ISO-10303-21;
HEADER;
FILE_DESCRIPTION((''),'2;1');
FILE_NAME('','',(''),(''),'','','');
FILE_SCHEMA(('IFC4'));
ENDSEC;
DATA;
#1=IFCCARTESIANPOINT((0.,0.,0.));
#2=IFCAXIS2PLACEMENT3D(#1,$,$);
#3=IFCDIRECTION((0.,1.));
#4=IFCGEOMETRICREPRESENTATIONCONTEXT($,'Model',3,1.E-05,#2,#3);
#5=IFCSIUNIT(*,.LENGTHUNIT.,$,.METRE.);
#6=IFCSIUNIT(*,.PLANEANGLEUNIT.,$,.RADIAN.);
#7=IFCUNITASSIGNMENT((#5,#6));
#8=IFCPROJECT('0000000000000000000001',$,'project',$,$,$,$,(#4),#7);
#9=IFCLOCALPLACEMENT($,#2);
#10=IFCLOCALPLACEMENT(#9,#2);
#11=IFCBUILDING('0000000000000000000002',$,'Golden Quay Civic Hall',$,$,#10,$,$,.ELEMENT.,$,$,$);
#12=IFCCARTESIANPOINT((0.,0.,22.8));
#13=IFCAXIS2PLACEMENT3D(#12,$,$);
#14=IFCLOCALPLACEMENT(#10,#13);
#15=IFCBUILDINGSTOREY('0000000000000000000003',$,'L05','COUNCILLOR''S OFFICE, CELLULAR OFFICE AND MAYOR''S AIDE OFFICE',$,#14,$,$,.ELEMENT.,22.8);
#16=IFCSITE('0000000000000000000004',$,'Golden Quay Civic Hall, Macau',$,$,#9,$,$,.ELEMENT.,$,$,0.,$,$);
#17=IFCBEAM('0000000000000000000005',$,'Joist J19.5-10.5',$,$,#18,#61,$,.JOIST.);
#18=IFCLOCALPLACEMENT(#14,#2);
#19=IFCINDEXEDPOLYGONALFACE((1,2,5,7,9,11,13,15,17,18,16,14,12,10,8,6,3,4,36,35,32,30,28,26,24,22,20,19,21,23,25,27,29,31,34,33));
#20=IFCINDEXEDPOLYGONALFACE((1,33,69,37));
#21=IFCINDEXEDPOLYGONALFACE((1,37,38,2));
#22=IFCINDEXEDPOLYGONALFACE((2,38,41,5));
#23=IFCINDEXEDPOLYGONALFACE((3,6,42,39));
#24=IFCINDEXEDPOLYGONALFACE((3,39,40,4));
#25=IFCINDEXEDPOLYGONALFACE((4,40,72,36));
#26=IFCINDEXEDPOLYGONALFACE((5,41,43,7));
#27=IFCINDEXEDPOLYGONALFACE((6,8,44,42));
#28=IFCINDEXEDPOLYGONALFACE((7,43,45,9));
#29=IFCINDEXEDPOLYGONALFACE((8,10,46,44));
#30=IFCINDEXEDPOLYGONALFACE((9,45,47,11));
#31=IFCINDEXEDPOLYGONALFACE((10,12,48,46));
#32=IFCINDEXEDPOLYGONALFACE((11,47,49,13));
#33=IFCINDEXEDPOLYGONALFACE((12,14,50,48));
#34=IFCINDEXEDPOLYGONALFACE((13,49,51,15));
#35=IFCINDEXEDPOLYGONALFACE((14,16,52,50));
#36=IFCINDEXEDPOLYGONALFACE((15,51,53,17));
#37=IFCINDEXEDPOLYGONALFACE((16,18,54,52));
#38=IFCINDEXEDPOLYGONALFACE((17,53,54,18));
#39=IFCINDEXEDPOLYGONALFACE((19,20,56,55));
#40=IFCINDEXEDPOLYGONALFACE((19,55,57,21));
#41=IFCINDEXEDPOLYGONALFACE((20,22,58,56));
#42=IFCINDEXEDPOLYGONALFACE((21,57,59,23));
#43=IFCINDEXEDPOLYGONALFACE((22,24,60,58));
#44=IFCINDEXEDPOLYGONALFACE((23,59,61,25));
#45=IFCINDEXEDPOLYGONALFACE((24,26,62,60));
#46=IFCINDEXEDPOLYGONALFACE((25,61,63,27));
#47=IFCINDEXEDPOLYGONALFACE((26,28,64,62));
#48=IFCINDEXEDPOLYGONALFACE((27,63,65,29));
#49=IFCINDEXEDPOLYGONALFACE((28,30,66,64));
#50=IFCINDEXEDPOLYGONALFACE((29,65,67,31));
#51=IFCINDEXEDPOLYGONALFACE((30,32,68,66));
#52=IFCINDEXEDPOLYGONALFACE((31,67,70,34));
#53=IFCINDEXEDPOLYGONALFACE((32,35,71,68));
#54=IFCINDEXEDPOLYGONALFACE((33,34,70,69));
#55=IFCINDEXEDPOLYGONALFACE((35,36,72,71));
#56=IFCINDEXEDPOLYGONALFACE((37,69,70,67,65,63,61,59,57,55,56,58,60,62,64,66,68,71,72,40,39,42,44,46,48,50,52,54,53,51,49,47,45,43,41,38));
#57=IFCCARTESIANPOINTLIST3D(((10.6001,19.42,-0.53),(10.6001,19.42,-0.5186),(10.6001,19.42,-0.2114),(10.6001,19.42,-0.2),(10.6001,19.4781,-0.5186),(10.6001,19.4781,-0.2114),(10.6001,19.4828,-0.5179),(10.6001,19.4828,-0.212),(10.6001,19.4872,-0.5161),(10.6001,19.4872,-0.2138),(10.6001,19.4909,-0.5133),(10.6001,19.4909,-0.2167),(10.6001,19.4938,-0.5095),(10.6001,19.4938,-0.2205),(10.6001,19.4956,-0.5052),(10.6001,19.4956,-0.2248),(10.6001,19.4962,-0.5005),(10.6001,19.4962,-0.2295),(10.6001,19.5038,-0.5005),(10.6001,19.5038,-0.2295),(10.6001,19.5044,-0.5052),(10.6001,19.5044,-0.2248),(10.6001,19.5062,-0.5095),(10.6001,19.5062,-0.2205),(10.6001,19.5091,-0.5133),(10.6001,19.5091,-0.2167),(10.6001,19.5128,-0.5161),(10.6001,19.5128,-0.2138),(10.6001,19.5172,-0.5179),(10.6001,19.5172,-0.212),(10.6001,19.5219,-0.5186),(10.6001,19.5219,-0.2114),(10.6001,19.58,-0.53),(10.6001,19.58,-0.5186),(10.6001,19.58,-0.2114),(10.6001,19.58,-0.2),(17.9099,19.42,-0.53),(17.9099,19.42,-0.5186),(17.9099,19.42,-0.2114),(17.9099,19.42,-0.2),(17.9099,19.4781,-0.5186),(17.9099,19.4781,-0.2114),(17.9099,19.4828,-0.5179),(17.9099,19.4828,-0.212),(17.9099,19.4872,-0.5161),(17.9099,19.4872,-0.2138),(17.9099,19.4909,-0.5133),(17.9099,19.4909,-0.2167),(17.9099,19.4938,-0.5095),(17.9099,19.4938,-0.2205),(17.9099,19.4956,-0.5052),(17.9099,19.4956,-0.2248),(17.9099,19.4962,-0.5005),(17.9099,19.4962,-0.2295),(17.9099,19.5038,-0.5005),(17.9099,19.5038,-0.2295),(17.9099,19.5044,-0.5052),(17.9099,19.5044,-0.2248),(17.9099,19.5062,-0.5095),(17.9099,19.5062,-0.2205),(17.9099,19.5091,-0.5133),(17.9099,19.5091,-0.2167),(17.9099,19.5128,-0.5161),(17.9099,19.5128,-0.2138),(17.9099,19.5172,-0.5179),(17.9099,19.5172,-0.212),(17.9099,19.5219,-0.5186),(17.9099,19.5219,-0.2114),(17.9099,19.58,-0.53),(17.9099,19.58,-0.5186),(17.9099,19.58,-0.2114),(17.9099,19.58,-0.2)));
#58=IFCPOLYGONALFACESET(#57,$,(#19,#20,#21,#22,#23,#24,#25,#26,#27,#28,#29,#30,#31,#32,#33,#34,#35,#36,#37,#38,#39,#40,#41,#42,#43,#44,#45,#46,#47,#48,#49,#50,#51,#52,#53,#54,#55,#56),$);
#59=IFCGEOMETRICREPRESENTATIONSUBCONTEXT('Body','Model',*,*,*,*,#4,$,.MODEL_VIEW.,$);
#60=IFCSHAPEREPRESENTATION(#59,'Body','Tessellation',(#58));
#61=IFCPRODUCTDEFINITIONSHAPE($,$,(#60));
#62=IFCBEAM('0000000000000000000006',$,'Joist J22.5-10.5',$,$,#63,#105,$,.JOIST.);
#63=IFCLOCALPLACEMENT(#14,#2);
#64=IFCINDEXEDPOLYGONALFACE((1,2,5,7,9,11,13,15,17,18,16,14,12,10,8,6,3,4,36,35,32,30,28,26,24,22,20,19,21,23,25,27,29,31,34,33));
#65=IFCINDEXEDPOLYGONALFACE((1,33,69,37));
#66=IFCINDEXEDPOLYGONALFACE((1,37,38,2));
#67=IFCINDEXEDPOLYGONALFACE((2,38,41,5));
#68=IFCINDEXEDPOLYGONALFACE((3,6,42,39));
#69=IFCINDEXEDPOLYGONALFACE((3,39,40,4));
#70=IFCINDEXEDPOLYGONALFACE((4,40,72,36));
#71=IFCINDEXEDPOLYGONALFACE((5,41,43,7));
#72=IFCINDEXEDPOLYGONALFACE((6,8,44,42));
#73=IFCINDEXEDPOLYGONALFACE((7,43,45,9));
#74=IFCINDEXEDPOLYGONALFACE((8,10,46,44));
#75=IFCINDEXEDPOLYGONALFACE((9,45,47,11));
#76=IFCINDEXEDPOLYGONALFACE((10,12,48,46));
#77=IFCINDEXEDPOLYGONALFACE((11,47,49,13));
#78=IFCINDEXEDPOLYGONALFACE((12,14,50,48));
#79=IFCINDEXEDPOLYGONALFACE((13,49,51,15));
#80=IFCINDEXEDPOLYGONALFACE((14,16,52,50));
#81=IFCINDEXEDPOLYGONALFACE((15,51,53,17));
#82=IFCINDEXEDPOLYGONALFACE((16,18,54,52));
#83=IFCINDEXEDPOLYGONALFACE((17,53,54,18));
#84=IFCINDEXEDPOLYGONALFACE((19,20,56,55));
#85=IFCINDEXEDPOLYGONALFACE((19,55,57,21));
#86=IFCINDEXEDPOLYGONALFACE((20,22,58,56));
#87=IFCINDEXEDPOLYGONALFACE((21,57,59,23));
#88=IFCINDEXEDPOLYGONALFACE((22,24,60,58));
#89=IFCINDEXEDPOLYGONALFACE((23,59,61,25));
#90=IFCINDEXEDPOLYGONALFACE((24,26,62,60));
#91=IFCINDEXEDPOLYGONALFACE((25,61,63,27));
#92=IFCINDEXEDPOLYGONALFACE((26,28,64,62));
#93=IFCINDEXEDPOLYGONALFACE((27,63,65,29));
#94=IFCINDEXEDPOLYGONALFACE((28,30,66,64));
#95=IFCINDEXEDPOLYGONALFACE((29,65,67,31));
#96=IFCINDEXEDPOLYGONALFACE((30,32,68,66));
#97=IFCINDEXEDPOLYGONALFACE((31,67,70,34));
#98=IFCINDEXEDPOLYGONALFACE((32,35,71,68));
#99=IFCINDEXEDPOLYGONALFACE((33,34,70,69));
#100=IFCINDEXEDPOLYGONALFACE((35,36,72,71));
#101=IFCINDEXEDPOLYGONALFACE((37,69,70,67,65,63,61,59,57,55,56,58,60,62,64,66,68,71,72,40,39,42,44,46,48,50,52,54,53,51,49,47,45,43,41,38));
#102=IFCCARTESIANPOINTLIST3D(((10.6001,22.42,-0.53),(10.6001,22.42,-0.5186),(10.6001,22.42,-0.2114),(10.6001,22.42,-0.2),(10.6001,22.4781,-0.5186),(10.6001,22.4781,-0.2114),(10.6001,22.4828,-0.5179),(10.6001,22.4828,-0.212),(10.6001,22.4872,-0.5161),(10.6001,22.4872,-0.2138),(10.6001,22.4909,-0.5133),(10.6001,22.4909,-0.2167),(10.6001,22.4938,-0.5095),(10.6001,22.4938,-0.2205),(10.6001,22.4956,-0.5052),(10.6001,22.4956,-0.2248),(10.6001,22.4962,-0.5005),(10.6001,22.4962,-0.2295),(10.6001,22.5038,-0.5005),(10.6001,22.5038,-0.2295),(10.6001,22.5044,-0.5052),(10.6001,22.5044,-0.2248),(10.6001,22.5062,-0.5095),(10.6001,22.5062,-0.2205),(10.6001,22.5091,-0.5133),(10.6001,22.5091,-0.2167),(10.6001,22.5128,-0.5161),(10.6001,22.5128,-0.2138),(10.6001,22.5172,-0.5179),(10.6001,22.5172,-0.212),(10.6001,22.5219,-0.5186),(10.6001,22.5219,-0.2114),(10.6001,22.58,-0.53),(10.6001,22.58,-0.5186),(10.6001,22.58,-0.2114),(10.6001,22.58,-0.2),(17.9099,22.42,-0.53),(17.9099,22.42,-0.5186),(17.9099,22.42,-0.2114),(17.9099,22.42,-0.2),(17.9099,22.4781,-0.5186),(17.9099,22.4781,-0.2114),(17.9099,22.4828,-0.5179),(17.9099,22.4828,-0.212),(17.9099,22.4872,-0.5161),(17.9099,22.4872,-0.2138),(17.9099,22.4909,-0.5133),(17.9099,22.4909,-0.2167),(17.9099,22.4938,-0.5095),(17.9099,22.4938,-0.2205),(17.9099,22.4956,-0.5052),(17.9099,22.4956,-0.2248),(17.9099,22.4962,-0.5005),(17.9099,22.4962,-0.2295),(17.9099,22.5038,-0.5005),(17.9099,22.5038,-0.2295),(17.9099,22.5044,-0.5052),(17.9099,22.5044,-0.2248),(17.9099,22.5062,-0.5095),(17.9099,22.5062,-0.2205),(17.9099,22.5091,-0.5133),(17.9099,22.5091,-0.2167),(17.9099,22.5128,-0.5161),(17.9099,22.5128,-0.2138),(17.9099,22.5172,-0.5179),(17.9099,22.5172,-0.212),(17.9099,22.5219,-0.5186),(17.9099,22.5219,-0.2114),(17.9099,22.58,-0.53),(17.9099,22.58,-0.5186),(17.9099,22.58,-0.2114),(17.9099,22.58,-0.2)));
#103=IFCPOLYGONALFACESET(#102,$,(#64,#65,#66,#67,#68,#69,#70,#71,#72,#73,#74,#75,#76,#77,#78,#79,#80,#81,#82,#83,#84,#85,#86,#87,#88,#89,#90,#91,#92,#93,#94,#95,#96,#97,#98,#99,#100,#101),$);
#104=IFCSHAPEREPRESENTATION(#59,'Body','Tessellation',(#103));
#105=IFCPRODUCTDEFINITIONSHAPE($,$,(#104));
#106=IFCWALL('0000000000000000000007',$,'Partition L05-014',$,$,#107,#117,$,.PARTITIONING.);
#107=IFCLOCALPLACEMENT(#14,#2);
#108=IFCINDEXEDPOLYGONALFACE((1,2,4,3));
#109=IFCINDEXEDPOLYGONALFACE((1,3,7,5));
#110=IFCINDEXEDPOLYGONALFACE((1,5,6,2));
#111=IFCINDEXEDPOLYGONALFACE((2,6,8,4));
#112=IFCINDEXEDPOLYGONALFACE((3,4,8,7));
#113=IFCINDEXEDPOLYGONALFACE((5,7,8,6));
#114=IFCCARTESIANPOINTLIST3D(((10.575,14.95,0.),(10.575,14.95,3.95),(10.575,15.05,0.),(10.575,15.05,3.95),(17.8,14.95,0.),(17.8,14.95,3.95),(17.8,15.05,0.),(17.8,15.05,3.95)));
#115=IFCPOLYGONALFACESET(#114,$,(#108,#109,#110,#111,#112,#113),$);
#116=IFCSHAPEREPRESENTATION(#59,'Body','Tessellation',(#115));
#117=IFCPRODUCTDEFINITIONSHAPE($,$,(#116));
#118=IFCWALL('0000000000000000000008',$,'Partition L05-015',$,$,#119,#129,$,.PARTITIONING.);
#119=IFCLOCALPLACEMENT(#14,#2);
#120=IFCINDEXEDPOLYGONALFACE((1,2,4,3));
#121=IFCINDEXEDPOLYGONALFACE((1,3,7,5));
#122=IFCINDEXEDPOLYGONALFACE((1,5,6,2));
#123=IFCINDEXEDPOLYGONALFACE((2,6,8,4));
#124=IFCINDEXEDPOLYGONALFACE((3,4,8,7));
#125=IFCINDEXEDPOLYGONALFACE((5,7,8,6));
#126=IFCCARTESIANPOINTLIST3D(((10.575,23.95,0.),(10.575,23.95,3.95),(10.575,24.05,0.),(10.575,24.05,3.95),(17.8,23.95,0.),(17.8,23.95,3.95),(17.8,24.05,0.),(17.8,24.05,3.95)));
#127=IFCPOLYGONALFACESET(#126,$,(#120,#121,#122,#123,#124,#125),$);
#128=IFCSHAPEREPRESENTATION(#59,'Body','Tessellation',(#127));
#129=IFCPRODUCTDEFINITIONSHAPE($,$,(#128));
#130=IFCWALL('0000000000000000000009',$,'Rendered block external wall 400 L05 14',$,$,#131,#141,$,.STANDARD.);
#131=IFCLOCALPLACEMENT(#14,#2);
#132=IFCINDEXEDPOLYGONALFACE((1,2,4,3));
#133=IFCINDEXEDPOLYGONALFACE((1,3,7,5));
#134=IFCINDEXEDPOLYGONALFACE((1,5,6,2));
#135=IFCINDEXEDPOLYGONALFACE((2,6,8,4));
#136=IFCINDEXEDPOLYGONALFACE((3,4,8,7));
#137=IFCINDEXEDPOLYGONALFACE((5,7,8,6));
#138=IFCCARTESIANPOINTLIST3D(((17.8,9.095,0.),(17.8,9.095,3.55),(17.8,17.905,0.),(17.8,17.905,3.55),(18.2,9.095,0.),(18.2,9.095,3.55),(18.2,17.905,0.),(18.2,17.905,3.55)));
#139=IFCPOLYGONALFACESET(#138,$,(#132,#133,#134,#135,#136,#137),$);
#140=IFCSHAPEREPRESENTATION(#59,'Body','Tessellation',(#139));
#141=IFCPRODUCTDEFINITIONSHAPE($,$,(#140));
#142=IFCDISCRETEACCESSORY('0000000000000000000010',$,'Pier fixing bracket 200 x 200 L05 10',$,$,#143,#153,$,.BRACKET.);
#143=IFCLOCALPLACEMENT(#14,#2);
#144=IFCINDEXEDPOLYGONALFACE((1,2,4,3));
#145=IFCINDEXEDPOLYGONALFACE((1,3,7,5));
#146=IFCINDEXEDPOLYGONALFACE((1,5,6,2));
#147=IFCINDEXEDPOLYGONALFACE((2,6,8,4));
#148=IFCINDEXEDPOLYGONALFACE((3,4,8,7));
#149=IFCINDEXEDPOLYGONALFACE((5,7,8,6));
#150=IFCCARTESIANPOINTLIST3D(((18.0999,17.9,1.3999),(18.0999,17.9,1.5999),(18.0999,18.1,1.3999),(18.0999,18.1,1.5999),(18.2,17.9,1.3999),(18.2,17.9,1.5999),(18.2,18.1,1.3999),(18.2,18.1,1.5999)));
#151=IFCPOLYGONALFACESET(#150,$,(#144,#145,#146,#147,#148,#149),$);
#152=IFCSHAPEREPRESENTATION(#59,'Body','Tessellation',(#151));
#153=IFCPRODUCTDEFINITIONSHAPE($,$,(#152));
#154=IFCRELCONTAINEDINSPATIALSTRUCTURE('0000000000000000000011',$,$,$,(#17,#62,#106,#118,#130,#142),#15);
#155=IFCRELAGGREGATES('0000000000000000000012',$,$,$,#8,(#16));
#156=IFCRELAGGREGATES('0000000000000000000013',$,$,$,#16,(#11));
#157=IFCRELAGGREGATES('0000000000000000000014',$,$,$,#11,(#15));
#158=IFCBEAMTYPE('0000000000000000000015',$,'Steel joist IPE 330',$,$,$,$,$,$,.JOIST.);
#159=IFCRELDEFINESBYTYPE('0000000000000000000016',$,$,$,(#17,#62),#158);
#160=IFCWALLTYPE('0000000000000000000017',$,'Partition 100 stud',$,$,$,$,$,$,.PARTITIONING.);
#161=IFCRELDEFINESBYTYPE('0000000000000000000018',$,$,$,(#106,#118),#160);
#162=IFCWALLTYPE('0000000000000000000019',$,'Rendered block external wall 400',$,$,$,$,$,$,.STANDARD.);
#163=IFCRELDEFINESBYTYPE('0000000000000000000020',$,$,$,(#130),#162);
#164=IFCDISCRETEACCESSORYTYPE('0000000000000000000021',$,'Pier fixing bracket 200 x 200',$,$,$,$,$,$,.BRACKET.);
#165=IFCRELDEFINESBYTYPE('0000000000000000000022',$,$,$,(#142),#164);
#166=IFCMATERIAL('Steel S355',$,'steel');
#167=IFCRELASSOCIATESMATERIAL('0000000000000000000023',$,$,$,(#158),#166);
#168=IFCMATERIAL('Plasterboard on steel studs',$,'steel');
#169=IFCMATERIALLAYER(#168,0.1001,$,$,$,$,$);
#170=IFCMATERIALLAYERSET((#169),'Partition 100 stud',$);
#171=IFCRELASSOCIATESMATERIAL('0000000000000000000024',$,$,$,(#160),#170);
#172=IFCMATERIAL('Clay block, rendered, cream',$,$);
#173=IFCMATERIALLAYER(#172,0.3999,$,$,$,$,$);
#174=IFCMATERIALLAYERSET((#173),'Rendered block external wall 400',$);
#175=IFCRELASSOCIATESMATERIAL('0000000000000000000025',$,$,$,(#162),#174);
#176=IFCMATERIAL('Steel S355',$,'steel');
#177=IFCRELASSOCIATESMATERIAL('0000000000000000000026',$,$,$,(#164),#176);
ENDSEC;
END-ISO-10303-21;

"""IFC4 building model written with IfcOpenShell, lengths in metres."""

from ifc_helpers import new_model, si_unit, direction, frame, frame_2d, origin, origin_2d, place, context, subcontext, project, spatial, rectangle, i_section, extrude, material, layer, layer_set, material_profile, profile_set, type_object, element, save


model = new_model("IFC4")

# Units and contexts
model_context = context("Model", 3, precision=1e-05, world=origin(), true_north=direction((0.0, 1.0)))
body_context = subcontext(model_context, "Body", "Model", "MODEL_VIEW")
ifc_project = project(units=[si_unit("LENGTHUNIT", "METRE"), si_unit("PLANEANGLEUNIT", "RADIAN")], contexts=[model_context])

# Site, building, storey
site_placement = place(None, origin())
site = spatial("IfcSite", under=ifc_project, at=site_placement, Name="Golden Quay Civic Hall, Macau", CompositionType="ELEMENT", RefElevation=0.0)
building_placement = place(site_placement, origin())
building = spatial("IfcBuilding", under=site, at=building_placement, Name="Golden Quay Civic Hall", CompositionType="ELEMENT")
storey_placement = place(building_placement, frame((0.0, 0.0, 22.8)))
storey = spatial("IfcBuildingStorey", under=building, at=storey_placement, Name="L05", Description="COUNCILLOR'S OFFICE, CELLULAR OFFICE AND MAYOR'S AIDE OFFICE", CompositionType="ELEMENT", Elevation=22.8)

# Beams
ifc_material_1 = material(Name="Steel S355", Category="steel")
ifc_material_profile_1 = material_profile(ifc_material_1, i_section(OverallWidth=0.1599, OverallDepth=0.3301, WebThickness=0.0076, FlangeThickness=0.0115, FilletRadius=0.0181, at=origin_2d()), Name="IPE 330")
ifc_profile_set_1 = profile_set([ifc_material_profile_1], Name="Steel S355")
beam_type_1 = type_object("IfcBeamType", Name="Steel joist IPE 330", PredefinedType="JOIST", material=ifc_profile_set_1)
for number, where, z_axis, x_axis, name in (
    (1, (10.6001, 19.5, -0.365), (1.0, 0.0, 0.0), (0.0, 1.0, 0.0), "Joist J19.5-10.5"),
    (2, (10.6001, 22.5, -0.365), (1.0, 0.0, 0.0), (0.0, 1.0, 0.0), "Joist J22.5-10.5"),
):
    element("IfcBeam", number, at=place(storey_placement, frame(where, z_axis=z_axis, x_axis=x_axis)), inside=storey, type_object=beam_type_1, Name=name, PredefinedType="JOIST", context=body_context, shape_type="SweptSolid", body=[
        extrude(i_section(OverallWidth=0.1599, OverallDepth=0.3301, WebThickness=0.0076, FlangeThickness=0.0115, FilletRadius=0.0181, at=origin_2d()), origin(), (0.0, 0.0, 1.0), 7.3098),
    ])

# Walls
ifc_material_2 = material(Name="Plasterboard on steel studs", Category="steel")
ifc_layer_1 = layer(ifc_material_2, 0.1001)
ifc_layer_set_1 = layer_set([ifc_layer_1], Name="Partition 100 stud")
wall_type_1 = type_object("IfcWallType", Name="Partition 100 stud", PredefinedType="PARTITIONING", material=ifc_layer_set_1)
for number, where, z_axis, x_axis, name in (
    (3, (10.575, 15.0, 0.0), (0.0, 0.0, 1.0), (1.0, 0.0, 0.0), "Partition L05-014"),
    (4, (10.575, 24.0, 0.0), (0.0, 0.0, 1.0), (1.0, 0.0, 0.0), "Partition L05-015"),
):
    element("IfcWall", number, at=place(storey_placement, frame(where, z_axis=z_axis, x_axis=x_axis)), inside=storey, type_object=wall_type_1, Name=name, PredefinedType="PARTITIONING", context=body_context, shape_type="SweptSolid", body=[
        extrude(rectangle(XDim=7.2251, YDim=0.1001, at=frame_2d((3.6125, 0.0))), origin(), (0.0, 0.0, 1.0), 3.95),
    ])
ifc_material_3 = material(Name="Clay block, rendered, cream")
ifc_layer_2 = layer(ifc_material_3, 0.3999)
ifc_layer_set_2 = layer_set([ifc_layer_2], Name="Rendered block external wall 400")
wall_type_2 = type_object("IfcWallType", Name="Rendered block external wall 400", PredefinedType="STANDARD", material=ifc_layer_set_2)
wall_placement = place(storey_placement, frame((18.0, 17.905, 0.0), z_axis=(0.0, 0.0, 1.0), x_axis=(0.0, -1.0, 0.0)))
element("IfcWall", 5, at=wall_placement, inside=storey, type_object=wall_type_2, Name="Rendered block external wall 400 L05 14", PredefinedType="STANDARD", context=body_context, shape_type="SweptSolid", body=[
    extrude(rectangle(XDim=8.8101, YDim=0.3999, at=frame_2d((4.405, 0.0))), origin(), (0.0, 0.0, 1.0), 3.55),
])

# Discrete accessory
ifc_material_4 = material(Name="Steel S355", Category="steel")
discrete_accessory_type = type_object("IfcDiscreteAccessoryType", Name="Pier fixing bracket 200 x 200", PredefinedType="BRACKET", material=ifc_material_4)
discrete_accessory_placement = place(storey_placement, frame((18.1499, 18.0, 1.3999), z_axis=(0.0, 0.0, 1.0), x_axis=(0.0, 1.0, 0.0)))
element("IfcDiscreteAccessory", 6, at=discrete_accessory_placement, inside=storey, type_object=discrete_accessory_type, Name="Pier fixing bracket 200 x 200 L05 10", PredefinedType="BRACKET", context=body_context, shape_type="SweptSolid", body=[
    extrude(rectangle(XDim=0.2, YDim=0.1001, at=origin_2d()), origin(), (0.0, 0.0, 1.0), 0.2),
])

save(model, "model.ifc")
